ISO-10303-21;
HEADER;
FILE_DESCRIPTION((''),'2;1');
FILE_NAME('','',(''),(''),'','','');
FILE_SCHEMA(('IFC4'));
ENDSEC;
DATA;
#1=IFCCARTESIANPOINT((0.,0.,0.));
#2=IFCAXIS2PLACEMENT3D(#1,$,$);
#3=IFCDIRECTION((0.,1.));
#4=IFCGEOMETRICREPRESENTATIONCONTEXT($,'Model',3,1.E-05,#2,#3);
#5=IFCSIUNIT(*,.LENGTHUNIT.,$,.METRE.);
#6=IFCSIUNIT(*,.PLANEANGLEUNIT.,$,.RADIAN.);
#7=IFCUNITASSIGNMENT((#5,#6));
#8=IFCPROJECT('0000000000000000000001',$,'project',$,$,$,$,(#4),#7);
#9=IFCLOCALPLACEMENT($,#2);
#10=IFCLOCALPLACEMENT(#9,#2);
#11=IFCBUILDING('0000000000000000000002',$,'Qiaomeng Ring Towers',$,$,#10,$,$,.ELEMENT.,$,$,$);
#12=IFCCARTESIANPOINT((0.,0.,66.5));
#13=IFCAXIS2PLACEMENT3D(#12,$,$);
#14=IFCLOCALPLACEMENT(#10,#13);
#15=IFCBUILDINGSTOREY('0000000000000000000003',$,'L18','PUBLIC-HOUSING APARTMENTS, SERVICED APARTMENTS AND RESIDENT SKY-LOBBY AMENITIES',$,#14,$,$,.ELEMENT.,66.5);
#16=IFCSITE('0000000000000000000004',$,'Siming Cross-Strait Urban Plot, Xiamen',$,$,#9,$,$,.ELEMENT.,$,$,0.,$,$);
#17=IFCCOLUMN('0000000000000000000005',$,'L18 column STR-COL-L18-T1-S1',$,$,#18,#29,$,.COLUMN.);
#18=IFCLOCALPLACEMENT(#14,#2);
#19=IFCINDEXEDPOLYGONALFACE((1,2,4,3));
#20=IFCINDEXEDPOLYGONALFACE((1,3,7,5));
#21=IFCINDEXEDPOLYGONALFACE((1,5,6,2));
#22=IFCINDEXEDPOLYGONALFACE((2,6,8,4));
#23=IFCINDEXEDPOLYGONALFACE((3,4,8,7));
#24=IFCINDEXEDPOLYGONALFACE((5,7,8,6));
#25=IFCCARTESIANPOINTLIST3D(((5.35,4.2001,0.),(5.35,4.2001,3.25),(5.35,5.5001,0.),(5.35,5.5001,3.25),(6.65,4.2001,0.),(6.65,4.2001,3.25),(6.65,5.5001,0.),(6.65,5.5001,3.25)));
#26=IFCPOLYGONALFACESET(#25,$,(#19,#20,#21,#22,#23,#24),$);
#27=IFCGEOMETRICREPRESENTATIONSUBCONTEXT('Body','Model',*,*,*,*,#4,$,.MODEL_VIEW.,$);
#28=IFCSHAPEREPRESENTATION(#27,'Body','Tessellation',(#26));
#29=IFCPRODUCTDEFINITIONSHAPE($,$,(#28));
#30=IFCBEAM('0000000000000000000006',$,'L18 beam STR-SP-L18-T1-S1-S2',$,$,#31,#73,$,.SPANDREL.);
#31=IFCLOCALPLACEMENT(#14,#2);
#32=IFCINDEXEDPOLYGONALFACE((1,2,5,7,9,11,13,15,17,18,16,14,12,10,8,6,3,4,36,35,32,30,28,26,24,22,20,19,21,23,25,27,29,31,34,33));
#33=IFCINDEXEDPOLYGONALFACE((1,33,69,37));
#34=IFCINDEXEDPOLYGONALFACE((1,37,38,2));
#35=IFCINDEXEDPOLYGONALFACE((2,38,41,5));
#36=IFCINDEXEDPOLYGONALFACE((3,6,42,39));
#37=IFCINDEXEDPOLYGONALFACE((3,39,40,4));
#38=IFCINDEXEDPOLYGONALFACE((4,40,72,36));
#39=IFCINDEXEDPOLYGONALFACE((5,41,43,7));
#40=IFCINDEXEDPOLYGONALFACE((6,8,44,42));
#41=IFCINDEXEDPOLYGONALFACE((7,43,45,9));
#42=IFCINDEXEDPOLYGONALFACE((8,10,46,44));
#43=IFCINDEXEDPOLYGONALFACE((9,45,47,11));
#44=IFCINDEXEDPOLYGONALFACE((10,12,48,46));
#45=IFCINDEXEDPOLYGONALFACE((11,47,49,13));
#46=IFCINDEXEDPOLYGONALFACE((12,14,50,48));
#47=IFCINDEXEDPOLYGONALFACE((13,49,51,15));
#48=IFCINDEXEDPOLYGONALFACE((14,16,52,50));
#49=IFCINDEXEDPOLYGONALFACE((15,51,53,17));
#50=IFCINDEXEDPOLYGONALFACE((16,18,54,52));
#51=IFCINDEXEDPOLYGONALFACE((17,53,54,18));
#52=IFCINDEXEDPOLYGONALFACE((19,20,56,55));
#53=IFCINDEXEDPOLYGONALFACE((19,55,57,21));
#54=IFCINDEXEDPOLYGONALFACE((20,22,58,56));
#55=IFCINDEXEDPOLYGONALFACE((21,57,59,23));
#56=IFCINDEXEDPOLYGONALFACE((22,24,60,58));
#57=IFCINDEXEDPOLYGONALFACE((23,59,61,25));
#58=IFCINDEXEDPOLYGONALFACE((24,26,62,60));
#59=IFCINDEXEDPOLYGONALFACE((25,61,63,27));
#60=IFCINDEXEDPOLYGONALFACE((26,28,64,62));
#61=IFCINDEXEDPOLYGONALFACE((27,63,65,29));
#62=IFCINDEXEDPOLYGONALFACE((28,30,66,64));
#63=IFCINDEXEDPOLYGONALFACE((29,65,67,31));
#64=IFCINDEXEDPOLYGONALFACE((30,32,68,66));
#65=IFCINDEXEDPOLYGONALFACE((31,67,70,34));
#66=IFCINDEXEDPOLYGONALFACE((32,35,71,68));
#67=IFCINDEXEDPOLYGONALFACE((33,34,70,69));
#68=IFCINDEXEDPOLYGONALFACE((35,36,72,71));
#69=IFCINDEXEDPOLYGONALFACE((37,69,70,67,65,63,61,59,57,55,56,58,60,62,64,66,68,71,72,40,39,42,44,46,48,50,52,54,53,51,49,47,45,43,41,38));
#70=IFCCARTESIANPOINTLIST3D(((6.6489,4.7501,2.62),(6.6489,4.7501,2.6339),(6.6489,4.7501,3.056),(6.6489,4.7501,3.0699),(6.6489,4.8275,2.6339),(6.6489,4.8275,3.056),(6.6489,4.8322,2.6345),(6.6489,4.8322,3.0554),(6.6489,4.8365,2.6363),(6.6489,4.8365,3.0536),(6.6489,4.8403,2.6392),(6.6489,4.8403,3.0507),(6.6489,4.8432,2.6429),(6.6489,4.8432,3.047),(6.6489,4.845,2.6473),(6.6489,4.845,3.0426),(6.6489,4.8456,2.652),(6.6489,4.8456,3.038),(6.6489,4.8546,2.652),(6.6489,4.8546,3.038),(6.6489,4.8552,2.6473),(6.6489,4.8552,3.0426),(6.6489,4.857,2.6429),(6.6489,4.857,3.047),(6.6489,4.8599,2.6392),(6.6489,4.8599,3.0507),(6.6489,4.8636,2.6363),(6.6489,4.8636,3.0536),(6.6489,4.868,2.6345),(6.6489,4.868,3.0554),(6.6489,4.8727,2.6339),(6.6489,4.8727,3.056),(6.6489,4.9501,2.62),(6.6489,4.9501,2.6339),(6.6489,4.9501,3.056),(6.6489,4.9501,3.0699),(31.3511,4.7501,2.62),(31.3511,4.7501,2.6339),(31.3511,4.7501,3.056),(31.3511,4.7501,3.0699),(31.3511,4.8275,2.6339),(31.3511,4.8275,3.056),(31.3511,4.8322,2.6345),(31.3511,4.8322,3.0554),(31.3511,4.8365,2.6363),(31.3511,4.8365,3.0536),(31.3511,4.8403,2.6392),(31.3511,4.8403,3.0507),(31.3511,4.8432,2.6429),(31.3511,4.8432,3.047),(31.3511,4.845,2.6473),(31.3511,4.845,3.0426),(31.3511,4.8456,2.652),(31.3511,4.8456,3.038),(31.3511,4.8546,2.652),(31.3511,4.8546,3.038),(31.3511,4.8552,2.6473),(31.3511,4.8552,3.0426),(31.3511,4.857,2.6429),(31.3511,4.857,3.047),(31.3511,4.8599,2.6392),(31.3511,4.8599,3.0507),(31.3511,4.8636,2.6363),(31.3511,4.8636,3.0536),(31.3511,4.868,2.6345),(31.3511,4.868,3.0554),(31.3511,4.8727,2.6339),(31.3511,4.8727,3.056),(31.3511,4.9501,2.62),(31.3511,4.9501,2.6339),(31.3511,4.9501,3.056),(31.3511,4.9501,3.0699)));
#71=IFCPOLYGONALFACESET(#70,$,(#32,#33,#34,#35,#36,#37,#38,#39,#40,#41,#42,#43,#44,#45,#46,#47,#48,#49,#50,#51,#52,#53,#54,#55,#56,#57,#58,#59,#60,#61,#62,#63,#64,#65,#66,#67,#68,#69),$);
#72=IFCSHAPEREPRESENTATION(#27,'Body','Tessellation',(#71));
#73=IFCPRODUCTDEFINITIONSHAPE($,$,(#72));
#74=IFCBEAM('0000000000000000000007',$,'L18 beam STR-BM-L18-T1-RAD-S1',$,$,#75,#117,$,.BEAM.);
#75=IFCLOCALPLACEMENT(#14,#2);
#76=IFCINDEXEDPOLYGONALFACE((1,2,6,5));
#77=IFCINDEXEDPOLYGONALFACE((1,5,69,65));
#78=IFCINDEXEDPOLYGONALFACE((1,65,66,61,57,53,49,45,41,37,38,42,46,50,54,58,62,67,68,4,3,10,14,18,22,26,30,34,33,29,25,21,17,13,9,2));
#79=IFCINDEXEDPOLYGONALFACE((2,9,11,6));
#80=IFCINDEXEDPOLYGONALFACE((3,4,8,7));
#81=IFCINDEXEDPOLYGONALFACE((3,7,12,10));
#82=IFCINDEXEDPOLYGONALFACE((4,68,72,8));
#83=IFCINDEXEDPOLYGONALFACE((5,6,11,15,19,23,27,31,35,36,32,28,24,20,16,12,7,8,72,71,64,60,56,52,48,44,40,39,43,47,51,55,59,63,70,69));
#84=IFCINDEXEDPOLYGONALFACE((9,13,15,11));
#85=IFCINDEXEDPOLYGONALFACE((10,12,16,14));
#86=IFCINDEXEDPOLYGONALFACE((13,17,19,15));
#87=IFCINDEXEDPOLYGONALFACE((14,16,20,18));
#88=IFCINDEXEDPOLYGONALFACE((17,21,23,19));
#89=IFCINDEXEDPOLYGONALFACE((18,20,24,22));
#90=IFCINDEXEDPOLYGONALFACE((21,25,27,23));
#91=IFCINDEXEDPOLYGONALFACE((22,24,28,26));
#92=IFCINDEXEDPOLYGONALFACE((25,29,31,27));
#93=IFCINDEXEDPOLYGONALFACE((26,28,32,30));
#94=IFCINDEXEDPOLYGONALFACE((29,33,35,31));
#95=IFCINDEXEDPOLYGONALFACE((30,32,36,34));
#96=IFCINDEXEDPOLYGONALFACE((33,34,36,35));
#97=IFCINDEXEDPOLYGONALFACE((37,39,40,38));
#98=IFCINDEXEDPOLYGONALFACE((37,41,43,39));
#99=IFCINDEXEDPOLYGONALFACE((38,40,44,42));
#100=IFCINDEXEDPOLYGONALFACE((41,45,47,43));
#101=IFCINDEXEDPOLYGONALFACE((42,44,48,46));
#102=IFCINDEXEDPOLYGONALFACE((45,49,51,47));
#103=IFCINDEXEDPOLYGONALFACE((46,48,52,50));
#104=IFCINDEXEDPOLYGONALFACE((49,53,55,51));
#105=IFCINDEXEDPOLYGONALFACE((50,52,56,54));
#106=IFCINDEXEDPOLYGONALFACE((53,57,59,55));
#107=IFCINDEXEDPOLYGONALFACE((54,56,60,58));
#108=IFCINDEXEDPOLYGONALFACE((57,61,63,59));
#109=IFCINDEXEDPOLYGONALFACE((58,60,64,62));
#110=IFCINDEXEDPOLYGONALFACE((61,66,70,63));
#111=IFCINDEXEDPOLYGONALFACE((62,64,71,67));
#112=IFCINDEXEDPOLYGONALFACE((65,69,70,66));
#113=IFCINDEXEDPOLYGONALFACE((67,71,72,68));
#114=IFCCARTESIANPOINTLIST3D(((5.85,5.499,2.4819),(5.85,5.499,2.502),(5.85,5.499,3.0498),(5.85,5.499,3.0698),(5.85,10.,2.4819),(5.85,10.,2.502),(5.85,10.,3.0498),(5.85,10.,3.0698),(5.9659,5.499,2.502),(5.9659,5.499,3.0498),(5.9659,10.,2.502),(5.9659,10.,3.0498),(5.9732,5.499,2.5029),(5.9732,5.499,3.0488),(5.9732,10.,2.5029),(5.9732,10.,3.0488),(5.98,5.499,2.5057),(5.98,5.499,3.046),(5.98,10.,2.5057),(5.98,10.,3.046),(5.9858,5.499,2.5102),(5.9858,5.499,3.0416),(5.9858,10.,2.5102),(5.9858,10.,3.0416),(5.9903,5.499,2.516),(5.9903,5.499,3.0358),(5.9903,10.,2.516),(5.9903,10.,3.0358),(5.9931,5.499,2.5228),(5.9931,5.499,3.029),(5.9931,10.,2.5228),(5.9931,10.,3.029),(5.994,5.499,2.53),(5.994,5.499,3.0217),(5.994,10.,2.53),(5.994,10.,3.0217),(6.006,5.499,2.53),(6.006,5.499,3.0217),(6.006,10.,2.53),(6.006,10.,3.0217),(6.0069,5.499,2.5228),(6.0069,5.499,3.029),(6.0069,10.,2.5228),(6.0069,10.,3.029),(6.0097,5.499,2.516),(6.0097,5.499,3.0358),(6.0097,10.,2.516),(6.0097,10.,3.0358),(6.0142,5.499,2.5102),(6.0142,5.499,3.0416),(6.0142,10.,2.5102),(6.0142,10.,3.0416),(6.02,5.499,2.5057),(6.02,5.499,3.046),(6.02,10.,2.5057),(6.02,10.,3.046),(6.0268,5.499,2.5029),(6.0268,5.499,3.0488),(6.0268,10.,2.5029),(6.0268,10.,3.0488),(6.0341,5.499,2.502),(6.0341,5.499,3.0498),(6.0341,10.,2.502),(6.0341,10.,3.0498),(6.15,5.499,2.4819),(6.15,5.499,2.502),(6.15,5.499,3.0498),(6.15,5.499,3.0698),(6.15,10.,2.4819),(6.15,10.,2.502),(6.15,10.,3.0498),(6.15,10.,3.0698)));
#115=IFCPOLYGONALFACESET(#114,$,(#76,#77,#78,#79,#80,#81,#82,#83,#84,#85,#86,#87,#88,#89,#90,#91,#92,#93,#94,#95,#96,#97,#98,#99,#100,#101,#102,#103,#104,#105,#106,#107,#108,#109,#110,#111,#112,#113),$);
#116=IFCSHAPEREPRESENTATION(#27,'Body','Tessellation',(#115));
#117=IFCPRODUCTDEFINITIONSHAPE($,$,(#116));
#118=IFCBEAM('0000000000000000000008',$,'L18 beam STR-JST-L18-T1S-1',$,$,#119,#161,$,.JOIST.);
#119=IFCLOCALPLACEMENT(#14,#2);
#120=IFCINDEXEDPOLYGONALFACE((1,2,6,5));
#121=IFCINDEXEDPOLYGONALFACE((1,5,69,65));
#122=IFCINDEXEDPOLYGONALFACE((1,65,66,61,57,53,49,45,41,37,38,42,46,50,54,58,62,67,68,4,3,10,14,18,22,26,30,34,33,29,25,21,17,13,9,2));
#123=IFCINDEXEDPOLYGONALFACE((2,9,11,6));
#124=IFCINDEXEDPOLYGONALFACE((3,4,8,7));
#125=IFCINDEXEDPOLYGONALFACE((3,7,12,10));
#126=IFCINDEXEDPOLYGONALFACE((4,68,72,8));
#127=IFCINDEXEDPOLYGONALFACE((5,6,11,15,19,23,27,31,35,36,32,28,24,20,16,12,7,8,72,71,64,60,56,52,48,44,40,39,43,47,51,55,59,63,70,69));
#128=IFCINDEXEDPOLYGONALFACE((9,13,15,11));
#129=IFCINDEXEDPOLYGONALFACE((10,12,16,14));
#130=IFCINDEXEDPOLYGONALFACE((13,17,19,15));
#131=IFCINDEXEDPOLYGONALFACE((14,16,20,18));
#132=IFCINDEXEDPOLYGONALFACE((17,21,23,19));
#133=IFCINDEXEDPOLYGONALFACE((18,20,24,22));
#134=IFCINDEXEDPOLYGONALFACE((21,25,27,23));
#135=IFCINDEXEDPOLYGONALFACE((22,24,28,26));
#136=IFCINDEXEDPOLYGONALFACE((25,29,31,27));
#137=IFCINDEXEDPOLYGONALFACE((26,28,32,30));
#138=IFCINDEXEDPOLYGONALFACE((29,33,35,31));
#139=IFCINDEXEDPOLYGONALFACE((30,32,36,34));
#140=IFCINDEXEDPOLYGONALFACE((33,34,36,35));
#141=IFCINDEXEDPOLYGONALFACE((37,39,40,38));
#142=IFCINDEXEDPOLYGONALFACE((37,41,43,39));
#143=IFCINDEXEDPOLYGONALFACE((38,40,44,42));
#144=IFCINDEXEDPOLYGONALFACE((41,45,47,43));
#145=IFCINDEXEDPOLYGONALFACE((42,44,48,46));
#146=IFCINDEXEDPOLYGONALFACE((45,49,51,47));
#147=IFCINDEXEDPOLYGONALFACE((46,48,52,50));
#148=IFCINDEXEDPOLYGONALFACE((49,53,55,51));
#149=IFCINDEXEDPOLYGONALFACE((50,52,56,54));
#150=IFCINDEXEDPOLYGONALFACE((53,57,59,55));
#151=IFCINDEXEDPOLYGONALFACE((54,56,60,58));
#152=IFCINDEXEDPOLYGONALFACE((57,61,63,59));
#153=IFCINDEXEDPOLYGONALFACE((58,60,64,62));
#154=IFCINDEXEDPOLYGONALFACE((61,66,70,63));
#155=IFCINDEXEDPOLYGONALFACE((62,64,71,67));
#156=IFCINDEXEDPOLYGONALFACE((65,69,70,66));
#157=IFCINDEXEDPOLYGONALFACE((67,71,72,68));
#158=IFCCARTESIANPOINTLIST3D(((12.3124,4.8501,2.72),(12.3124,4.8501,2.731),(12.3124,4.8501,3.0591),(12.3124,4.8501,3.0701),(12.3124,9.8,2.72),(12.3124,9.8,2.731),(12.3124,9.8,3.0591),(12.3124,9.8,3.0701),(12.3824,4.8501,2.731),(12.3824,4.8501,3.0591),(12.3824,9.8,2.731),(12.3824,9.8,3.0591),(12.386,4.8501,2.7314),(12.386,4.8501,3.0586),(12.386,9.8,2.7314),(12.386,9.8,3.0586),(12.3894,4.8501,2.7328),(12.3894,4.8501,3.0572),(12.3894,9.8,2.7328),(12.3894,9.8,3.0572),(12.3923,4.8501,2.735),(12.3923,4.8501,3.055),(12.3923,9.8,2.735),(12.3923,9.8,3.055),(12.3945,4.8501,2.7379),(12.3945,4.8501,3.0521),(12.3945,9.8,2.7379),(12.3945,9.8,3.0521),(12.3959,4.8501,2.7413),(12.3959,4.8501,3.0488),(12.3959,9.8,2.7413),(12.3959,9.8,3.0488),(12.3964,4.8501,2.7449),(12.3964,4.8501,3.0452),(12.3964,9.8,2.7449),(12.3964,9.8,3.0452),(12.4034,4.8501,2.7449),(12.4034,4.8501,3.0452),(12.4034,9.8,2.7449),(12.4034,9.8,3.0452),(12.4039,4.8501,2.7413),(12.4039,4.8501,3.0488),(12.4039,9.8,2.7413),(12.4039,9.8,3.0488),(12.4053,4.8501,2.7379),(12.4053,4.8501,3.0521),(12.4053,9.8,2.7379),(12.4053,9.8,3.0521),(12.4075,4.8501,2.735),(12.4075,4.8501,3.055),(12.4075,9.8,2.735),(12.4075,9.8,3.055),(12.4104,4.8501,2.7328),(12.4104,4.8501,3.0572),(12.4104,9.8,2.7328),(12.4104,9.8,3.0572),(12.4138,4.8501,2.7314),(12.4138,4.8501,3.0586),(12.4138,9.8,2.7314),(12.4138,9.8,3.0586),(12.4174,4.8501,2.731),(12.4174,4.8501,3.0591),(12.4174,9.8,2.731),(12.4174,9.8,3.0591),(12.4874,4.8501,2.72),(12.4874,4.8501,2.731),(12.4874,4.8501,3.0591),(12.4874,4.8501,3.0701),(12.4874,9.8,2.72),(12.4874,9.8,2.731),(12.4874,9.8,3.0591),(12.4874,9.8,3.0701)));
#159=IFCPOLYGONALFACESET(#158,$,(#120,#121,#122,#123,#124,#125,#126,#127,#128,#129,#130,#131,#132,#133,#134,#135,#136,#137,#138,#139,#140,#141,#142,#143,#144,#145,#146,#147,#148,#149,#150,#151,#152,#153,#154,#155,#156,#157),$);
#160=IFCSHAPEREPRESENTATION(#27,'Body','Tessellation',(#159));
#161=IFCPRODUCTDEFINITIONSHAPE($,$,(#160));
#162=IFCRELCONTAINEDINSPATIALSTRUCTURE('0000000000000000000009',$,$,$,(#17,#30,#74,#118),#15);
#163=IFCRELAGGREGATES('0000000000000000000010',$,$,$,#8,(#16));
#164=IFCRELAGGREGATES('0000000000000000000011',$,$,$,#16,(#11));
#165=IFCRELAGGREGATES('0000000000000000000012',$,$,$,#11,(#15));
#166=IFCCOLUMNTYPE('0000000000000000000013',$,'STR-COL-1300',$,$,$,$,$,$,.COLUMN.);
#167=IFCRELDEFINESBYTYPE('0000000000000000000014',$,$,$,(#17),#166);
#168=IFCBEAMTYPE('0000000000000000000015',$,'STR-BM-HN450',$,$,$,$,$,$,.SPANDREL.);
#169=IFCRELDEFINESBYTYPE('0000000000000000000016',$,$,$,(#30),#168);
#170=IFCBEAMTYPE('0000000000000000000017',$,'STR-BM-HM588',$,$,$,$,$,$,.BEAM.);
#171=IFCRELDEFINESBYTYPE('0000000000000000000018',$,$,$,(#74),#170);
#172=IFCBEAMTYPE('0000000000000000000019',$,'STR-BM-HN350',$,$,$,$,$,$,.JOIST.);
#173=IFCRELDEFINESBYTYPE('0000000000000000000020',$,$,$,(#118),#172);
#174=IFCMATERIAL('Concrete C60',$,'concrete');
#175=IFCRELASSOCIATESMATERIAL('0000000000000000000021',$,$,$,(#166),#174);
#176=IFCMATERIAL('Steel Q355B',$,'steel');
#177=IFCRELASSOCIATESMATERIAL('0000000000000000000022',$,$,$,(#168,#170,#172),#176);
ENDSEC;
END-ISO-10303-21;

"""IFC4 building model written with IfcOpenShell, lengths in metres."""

from ifc_helpers import new_model, si_unit, direction, frame, origin, origin_2d, place, context, subcontext, project, spatial, rectangle, i_section, extrude, source, transform, mapped, material, material_profile, profile_set, type_object, element, save


model = new_model("IFC4")

# Units and contexts
model_context = context("Model", 3, precision=1e-05, world=origin(), true_north=direction((0.0, 1.0)))
body_context = subcontext(model_context, "Body", "Model", "MODEL_VIEW")
ifc_project = project(units=[si_unit("LENGTHUNIT", "METRE"), si_unit("PLANEANGLEUNIT", "RADIAN")], contexts=[model_context])

# Site, building, storey
site_placement = place(None, origin())
site = spatial("IfcSite", under=ifc_project, at=site_placement, Name="Siming Cross-Strait Urban Plot, Xiamen", CompositionType="ELEMENT", RefElevation=0.0)
building_placement = place(site_placement, origin())
building = spatial("IfcBuilding", under=site, at=building_placement, Name="Qiaomeng Ring Towers", CompositionType="ELEMENT")
storey_placement = place(building_placement, frame((0.0, 0.0, 66.5)))
storey = spatial("IfcBuildingStorey", under=building, at=storey_placement, Name="L18", Description="PUBLIC-HOUSING APARTMENTS, SERVICED APARTMENTS AND RESIDENT SKY-LOBBY AMENITIES", CompositionType="ELEMENT", Elevation=66.5)

# Column
ifc_material_1 = material(Name="Concrete C60", Category="concrete")
ifc_material_profile_1 = material_profile(ifc_material_1, rectangle(XDim=1.3, YDim=1.3, at=origin_2d()), Name="RC COL 1300x1300")
ifc_profile_set_1 = profile_set([ifc_material_profile_1], Name="Concrete C60")
column_type = type_object("IfcColumnType", Name="STR-COL-1300", PredefinedType="COLUMN", material=ifc_profile_set_1)
shared_shape_1 = source(origin(), body_context, "Body", "SweptSolid", [
    extrude(rectangle(XDim=1.3, YDim=1.3, at=origin_2d()), origin(), (0.0, 0.0, 1.0), 3.25),
])
column_placement = place(storey_placement, frame((6.0, 4.8501, 0.0), z_axis=(0.0, 0.0, 1.0), x_axis=(1.0, 0.0, 0.0)))
element("IfcColumn", 1, at=column_placement, inside=storey, type_object=column_type, Name="L18 column STR-COL-L18-T1-S1", PredefinedType="COLUMN", context=body_context, shape_type="MappedRepresentation", body=[
    mapped(shared_shape_1, transform((0.0, 0.0, 0.0), x_axis=(1.0, 0.0, 0.0), y_axis=(0.0, 1.0, 0.0), z_axis=(0.0, 0.0, 1.0), scale=1.0)),
])

# Beams
ifc_material_2 = material(Name="Steel Q355B", Category="steel")
ifc_material_profile_2 = material_profile(ifc_material_2, i_section(OverallWidth=0.2, OverallDepth=0.45, WebThickness=0.009, FlangeThickness=0.0139, FilletRadius=0.0181, at=origin_2d()), Name="HN 450x200x9x14")
ifc_profile_set_2 = profile_set([ifc_material_profile_2], Name="Steel Q355B")
beam_type_1 = type_object("IfcBeamType", Name="STR-BM-HN450", PredefinedType="SPANDREL", material=ifc_profile_set_2)
shared_shape_2 = source(origin(), body_context, "Body", "SweptSolid", [
    extrude(i_section(OverallWidth=0.2, OverallDepth=0.45, WebThickness=0.009, FlangeThickness=0.0139, FilletRadius=0.0181, at=origin_2d()), origin(), (0.0, 0.0, 1.0), 24.7021),
])
beam_1_placement = place(storey_placement, frame((6.6489, 4.8501, 2.845), z_axis=(1.0, 0.0, 0.0), x_axis=(0.0, 1.0, 0.0)))
element("IfcBeam", 2, at=beam_1_placement, inside=storey, type_object=beam_type_1, Name="L18 beam STR-SP-L18-T1-S1-S2", PredefinedType="SPANDREL", context=body_context, shape_type="MappedRepresentation", body=[
    mapped(shared_shape_2, transform((0.0, 0.0, 0.0), x_axis=(1.0, 0.0, 0.0), y_axis=(0.0, 1.0, 0.0), z_axis=(0.0, 0.0, 1.0), scale=1.0)),
])
ifc_material_profile_3 = material_profile(ifc_material_2, i_section(OverallWidth=0.3, OverallDepth=0.5879, WebThickness=0.012, FlangeThickness=0.02, FilletRadius=0.0281, at=origin_2d()), Name="HM 588x300x12x20")
ifc_profile_set_3 = profile_set([ifc_material_profile_3], Name="Steel Q355B")
beam_type_2 = type_object("IfcBeamType", Name="STR-BM-HM588", PredefinedType="BEAM", material=ifc_profile_set_3)
shared_shape_3 = source(origin(), body_context, "Body", "SweptSolid", [
    extrude(i_section(OverallWidth=0.3, OverallDepth=0.5879, WebThickness=0.012, FlangeThickness=0.02, FilletRadius=0.0281, at=origin_2d()), origin(), (0.0, 0.0, 1.0), 4.501),
])
beam_2_placement = place(storey_placement, frame((6.0, 5.499, 2.7759), z_axis=(0.0, 1.0, 0.0), x_axis=(-1.0, 0.0, 0.0)))
element("IfcBeam", 3, at=beam_2_placement, inside=storey, type_object=beam_type_2, Name="L18 beam STR-BM-L18-T1-RAD-S1", PredefinedType="BEAM", context=body_context, shape_type="MappedRepresentation", body=[
    mapped(shared_shape_3, transform((0.0, 0.0, 0.0), x_axis=(1.0, 0.0, 0.0), y_axis=(0.0, 1.0, 0.0), z_axis=(0.0, 0.0, 1.0), scale=1.0)),
])
ifc_material_profile_4 = material_profile(ifc_material_2, i_section(OverallWidth=0.175, OverallDepth=0.3501, WebThickness=0.0071, FlangeThickness=0.011, FilletRadius=0.0139, at=origin_2d()), Name="HN 350x175x7x11")
ifc_profile_set_4 = profile_set([ifc_material_profile_4], Name="Steel Q355B")
beam_type_3 = type_object("IfcBeamType", Name="STR-BM-HN350", PredefinedType="JOIST", material=ifc_profile_set_4)
shared_shape_4 = source(origin(), body_context, "Body", "SweptSolid", [
    extrude(i_section(OverallWidth=0.175, OverallDepth=0.3501, WebThickness=0.0071, FlangeThickness=0.011, FilletRadius=0.0139, at=origin_2d()), origin(), (0.0, 0.0, 1.0), 4.95),
])
beam_3_placement = place(storey_placement, frame((12.3999, 4.8501, 2.895), z_axis=(0.0, 1.0, 0.0), x_axis=(-1.0, 0.0, 0.0)))
element("IfcBeam", 4, at=beam_3_placement, inside=storey, type_object=beam_type_3, Name="L18 beam STR-JST-L18-T1S-1", PredefinedType="JOIST", context=body_context, shape_type="MappedRepresentation", body=[
    mapped(shared_shape_4, transform((0.0, 0.0, 0.0), x_axis=(1.0, 0.0, 0.0), y_axis=(0.0, 1.0, 0.0), z_axis=(0.0, 0.0, 1.0), scale=1.0)),
])

save(model, "model.ifc")
